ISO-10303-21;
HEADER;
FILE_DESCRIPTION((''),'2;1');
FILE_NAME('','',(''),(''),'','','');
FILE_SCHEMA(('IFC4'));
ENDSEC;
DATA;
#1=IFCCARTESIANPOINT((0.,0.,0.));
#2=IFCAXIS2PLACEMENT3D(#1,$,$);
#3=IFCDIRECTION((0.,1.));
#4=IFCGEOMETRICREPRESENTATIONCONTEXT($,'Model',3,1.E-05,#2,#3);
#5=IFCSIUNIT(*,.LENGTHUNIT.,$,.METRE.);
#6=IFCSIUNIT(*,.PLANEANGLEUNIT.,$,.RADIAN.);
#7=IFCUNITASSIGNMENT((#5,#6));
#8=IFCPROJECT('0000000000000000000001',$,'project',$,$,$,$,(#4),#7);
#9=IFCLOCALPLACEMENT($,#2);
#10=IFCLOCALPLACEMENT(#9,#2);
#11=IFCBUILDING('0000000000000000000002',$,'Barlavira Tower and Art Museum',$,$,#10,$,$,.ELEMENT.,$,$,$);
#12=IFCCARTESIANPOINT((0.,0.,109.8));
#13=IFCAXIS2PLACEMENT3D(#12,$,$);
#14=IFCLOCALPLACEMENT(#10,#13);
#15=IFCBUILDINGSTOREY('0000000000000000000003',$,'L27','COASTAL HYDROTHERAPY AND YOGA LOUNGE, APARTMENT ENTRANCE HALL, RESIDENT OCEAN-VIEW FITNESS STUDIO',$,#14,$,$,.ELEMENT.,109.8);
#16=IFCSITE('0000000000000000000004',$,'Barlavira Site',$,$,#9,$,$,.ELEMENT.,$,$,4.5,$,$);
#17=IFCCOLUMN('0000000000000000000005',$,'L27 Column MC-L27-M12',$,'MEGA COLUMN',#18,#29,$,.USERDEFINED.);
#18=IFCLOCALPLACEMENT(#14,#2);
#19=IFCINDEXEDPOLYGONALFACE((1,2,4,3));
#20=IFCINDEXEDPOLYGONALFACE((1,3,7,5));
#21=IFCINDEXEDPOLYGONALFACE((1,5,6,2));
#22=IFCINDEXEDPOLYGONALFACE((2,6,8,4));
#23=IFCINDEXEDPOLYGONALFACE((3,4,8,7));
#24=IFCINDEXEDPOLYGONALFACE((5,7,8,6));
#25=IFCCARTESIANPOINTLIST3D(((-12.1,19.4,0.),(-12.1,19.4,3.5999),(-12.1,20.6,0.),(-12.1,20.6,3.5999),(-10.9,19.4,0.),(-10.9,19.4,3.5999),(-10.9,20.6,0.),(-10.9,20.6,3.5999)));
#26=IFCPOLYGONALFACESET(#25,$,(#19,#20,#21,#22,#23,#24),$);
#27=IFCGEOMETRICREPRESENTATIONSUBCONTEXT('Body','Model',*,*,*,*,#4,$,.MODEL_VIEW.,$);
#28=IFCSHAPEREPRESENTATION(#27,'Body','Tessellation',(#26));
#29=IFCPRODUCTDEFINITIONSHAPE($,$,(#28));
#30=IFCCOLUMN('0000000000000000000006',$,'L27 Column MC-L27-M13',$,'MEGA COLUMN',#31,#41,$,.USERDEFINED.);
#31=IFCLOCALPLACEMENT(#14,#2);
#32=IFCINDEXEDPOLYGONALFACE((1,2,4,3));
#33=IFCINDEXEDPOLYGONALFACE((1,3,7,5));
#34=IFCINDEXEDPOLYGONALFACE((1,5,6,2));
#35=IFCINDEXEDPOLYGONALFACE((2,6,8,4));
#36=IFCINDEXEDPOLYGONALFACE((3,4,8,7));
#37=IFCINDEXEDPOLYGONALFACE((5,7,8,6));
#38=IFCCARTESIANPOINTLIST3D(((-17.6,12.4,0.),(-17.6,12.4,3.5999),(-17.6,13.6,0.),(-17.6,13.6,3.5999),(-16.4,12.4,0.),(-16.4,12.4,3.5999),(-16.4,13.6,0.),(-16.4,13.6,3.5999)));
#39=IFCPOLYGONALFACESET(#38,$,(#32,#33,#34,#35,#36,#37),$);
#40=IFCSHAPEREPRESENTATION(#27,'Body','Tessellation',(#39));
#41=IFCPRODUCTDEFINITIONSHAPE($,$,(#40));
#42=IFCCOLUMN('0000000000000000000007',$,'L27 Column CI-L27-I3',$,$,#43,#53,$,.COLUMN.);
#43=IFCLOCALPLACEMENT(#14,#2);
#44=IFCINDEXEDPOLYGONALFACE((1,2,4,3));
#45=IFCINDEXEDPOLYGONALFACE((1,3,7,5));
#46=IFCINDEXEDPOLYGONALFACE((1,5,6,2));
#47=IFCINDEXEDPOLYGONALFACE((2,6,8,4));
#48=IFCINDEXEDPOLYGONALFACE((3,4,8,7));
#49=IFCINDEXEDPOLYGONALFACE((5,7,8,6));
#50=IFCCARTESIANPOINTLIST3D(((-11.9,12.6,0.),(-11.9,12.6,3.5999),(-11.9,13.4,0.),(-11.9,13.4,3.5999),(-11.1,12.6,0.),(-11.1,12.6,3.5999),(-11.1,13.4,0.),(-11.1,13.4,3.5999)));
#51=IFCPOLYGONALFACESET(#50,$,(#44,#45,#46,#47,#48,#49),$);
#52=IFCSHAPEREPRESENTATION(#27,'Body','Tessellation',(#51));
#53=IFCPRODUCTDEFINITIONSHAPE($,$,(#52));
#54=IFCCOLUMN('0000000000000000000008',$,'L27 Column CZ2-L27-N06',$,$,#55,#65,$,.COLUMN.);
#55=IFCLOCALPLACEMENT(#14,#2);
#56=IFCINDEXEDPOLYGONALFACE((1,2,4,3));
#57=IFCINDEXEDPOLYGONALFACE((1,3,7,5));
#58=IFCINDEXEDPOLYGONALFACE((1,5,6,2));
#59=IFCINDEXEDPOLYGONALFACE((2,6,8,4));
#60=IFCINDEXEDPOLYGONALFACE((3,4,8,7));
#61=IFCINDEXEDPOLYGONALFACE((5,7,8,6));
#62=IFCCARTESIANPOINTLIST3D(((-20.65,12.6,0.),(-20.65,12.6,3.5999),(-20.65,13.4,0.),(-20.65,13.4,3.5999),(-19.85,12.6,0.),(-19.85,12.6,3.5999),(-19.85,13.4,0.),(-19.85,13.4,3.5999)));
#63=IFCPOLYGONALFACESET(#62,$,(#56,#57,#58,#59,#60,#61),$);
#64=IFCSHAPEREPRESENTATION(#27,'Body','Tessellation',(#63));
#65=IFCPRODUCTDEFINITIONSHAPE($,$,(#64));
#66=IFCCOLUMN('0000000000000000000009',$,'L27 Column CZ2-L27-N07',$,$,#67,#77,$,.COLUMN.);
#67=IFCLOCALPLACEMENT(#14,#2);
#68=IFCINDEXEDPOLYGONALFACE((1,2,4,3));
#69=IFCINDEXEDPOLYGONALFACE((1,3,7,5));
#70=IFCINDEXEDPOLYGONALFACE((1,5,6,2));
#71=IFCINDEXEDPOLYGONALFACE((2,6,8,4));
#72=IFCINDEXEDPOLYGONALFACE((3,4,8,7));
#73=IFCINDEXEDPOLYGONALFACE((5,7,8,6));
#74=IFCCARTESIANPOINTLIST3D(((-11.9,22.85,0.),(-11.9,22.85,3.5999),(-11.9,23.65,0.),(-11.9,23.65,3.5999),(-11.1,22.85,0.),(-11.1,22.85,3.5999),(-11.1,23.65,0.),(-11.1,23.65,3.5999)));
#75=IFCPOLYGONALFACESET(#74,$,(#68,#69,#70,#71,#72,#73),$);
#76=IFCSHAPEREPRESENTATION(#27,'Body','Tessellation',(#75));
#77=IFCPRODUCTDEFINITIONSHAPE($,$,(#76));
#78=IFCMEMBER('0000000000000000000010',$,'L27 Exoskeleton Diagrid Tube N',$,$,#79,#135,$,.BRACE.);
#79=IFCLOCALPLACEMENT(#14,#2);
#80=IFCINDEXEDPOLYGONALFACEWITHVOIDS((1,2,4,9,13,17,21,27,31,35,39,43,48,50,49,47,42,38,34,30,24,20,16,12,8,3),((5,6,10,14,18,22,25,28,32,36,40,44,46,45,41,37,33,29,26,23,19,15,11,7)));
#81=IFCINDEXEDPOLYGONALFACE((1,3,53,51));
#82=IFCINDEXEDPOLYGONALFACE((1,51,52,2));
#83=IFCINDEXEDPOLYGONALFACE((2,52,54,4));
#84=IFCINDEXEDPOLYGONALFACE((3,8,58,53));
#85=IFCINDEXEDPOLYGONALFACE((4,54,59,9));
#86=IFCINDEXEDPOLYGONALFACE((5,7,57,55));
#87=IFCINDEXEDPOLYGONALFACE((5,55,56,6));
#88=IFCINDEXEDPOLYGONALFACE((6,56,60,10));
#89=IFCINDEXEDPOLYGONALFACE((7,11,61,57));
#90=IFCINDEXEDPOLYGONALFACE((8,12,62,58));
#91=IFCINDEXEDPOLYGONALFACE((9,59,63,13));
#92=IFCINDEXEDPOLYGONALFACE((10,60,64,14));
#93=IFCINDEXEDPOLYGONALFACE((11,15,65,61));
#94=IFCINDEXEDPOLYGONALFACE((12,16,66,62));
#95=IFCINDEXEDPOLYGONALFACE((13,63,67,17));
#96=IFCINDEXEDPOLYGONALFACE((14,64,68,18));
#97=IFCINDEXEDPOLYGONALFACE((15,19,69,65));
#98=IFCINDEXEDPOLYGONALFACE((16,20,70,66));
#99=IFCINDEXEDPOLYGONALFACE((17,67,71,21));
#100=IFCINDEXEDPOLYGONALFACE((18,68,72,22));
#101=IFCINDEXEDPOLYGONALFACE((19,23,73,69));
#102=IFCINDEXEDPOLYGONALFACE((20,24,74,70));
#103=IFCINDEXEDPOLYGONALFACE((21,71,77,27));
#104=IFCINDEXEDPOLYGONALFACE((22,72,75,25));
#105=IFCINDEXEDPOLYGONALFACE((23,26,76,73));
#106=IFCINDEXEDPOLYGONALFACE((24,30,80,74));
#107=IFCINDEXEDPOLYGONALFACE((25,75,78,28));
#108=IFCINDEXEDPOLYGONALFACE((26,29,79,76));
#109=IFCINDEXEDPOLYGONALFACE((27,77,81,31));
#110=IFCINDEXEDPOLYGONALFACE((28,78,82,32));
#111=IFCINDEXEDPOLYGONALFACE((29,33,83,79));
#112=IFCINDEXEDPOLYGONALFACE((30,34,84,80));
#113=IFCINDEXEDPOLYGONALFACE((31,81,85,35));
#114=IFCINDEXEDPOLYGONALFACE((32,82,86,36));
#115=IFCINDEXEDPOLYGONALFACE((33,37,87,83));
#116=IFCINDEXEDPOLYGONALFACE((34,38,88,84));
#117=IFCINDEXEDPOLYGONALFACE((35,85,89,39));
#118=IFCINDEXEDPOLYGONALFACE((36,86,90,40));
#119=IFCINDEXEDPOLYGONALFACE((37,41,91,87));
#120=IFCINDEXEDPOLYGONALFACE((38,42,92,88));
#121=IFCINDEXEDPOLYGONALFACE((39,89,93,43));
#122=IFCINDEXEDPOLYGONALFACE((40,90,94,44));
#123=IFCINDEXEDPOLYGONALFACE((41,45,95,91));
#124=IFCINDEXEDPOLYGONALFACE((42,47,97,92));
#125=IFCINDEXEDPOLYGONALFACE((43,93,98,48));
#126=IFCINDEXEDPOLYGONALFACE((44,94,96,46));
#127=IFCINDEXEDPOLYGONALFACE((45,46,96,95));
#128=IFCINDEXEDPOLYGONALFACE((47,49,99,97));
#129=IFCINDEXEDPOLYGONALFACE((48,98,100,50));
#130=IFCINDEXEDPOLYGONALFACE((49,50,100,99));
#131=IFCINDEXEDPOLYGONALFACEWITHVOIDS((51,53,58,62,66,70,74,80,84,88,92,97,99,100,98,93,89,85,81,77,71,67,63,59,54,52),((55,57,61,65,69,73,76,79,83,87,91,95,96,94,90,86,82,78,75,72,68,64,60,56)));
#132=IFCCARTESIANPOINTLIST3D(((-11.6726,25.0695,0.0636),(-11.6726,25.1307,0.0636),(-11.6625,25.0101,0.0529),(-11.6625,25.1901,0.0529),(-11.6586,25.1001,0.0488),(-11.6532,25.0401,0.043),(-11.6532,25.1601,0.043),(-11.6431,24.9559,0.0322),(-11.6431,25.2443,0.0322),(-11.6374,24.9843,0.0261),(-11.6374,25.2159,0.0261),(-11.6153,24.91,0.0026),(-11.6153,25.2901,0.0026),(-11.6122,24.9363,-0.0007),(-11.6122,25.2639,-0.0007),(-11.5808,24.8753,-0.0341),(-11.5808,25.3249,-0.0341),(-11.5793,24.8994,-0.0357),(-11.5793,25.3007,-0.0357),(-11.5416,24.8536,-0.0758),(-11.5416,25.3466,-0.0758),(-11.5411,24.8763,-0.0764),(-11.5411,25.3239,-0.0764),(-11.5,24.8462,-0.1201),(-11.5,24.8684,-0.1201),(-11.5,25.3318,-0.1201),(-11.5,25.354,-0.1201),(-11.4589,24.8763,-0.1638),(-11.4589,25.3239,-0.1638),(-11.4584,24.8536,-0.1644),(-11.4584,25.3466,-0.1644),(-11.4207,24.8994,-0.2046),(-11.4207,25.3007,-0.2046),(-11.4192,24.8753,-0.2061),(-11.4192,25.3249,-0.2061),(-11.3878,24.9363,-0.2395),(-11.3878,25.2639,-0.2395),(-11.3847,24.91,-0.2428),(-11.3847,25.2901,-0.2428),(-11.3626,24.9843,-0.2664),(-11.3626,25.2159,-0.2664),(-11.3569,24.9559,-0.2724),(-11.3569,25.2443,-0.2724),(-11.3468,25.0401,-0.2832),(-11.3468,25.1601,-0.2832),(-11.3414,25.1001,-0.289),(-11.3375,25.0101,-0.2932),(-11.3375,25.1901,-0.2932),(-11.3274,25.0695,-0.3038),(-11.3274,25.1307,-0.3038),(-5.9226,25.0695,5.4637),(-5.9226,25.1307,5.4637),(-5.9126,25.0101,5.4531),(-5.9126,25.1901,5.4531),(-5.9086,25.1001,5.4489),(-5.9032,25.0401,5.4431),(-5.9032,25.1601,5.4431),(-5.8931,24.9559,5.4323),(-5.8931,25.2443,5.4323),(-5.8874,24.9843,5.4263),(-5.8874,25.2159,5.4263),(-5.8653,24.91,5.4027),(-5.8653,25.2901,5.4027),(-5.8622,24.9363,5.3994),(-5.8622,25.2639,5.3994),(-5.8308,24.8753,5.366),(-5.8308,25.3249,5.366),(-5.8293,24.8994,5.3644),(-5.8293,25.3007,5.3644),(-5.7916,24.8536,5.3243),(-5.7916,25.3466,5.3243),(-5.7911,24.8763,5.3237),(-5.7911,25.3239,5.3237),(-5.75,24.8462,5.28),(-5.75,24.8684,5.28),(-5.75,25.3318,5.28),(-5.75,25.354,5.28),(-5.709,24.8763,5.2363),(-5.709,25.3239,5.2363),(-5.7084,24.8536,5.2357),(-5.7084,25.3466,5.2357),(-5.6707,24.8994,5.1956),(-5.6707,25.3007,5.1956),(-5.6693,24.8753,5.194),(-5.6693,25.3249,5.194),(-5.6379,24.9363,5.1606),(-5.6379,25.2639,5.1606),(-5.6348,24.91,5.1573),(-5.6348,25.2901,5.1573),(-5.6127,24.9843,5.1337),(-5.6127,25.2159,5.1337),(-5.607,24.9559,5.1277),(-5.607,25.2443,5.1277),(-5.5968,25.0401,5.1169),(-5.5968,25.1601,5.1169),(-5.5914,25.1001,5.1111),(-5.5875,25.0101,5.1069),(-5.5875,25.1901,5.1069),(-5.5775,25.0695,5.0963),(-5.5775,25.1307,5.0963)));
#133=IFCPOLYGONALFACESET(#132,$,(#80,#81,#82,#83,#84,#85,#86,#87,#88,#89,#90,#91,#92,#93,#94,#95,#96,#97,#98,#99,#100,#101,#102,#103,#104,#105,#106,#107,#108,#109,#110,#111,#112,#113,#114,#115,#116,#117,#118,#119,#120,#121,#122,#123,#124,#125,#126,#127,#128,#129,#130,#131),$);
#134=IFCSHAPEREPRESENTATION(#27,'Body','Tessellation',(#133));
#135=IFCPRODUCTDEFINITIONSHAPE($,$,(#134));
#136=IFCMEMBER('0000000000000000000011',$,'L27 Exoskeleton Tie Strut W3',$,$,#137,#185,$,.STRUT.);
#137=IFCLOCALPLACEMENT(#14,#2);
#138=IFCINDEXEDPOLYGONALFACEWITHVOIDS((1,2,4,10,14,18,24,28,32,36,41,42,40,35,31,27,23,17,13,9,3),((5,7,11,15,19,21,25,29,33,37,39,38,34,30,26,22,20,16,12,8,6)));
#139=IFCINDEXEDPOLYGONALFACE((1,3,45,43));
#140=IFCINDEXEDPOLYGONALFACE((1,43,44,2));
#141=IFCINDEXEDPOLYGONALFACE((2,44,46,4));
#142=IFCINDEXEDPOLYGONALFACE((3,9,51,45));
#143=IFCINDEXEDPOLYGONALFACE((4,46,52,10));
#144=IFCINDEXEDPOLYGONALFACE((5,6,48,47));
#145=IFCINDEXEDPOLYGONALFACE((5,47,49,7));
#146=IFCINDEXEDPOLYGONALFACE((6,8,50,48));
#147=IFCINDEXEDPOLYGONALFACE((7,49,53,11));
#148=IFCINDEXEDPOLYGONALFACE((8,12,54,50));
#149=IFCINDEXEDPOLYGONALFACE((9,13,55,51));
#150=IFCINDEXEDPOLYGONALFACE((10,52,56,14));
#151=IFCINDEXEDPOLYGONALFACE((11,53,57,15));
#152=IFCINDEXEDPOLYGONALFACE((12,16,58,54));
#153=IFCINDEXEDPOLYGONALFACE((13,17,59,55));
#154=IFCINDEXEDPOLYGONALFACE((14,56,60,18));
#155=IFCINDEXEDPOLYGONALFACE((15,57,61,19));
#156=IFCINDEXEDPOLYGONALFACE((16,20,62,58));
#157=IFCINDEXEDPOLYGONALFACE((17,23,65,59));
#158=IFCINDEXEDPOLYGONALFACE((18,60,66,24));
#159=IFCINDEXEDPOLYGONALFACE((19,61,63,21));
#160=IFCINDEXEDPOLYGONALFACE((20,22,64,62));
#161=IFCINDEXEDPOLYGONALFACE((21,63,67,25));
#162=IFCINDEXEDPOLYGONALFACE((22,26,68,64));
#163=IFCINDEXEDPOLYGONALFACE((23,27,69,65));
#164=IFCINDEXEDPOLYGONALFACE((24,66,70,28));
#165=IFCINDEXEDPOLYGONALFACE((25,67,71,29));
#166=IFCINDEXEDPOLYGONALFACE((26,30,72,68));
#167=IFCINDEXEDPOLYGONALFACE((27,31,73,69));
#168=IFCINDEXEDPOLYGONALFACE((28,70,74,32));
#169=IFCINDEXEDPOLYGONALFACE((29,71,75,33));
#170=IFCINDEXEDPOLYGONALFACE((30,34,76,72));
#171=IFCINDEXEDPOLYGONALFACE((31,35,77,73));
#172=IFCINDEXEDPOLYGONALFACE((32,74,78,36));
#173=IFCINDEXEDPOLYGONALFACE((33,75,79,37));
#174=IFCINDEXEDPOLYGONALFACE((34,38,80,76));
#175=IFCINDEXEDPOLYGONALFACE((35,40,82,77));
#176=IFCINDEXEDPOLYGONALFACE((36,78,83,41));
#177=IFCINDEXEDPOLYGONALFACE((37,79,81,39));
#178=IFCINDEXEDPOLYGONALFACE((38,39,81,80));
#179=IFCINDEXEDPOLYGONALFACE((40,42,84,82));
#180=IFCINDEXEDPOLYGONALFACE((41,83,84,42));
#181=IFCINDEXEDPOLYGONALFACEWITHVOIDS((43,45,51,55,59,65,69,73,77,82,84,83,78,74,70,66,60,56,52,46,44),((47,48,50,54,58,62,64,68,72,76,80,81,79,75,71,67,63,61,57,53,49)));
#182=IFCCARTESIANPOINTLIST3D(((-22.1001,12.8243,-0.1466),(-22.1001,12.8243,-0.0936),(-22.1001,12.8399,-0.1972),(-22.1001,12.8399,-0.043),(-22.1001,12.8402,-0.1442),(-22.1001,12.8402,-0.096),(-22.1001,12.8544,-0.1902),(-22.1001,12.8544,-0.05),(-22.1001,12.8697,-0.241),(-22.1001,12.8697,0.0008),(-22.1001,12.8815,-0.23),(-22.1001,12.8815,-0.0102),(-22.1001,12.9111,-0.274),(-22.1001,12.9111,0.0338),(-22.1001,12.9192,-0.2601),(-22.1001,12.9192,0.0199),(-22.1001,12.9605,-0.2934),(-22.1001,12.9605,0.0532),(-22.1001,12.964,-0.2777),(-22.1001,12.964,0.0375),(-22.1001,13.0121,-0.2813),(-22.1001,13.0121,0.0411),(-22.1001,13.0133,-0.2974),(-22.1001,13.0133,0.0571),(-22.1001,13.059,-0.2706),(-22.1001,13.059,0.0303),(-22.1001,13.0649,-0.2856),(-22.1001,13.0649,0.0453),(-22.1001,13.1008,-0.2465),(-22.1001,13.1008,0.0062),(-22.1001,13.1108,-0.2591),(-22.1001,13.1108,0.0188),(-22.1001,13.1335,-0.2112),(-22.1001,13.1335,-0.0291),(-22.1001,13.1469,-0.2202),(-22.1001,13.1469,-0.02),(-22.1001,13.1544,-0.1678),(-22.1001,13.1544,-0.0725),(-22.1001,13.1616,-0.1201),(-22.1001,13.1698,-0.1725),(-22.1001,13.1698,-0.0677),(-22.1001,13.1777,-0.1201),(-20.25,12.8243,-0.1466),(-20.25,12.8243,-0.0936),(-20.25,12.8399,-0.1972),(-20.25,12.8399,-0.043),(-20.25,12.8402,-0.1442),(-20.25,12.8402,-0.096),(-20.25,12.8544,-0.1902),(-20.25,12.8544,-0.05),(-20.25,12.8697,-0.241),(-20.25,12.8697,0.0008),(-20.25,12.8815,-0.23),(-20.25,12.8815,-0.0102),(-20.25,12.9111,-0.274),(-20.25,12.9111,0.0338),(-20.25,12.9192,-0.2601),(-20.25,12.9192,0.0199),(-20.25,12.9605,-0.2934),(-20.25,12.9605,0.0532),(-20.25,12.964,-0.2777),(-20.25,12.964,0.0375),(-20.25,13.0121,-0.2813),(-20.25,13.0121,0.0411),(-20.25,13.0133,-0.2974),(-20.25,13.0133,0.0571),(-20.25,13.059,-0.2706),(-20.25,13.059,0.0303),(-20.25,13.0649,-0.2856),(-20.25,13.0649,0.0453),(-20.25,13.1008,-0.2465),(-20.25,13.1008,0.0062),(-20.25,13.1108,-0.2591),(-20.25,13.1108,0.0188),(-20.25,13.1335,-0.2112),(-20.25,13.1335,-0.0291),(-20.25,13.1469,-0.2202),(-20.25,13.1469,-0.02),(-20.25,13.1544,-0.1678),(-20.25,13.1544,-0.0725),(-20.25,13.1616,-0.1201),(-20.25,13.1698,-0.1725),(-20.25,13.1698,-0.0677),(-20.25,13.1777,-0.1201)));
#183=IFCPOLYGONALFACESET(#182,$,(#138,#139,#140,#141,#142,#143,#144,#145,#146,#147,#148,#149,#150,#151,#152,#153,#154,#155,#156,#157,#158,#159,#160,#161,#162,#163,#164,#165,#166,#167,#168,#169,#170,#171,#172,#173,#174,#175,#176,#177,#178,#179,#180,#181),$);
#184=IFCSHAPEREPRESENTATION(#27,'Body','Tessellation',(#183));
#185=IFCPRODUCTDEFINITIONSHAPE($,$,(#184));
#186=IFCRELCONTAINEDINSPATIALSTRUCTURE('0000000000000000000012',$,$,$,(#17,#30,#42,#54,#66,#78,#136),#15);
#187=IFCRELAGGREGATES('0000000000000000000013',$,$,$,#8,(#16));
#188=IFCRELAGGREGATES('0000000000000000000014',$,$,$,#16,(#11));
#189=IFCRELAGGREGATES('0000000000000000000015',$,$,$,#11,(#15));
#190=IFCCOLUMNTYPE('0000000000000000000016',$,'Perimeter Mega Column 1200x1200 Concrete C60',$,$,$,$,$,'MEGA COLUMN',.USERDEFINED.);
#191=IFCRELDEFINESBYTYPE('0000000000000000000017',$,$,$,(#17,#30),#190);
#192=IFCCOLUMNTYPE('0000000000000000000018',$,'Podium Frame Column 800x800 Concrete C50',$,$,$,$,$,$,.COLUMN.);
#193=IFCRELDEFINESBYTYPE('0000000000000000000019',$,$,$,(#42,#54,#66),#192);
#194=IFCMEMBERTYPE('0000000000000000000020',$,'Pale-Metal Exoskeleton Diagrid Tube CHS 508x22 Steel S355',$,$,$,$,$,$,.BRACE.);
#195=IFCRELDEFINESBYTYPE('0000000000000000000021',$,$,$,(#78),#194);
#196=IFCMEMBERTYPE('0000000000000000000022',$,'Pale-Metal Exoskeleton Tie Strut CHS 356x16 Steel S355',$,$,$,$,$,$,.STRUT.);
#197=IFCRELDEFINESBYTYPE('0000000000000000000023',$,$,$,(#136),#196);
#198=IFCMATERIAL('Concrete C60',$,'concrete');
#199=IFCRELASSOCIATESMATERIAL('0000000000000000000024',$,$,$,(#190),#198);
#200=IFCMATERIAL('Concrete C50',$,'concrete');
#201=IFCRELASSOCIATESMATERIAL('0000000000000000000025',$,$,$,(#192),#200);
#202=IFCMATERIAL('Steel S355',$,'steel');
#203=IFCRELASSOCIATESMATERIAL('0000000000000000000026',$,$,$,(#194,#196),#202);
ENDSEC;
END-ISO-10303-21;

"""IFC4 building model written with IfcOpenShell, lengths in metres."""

from ifc_helpers import new_model, si_unit, direction, frame, origin, origin_2d, place, context, subcontext, project, spatial, rectangle, hollow_circle, extrude, material, material_profile, profile_set, type_object, element, save


model = new_model("IFC4")

# Units and contexts
model_context = context("Model", 3, precision=1e-05, world=origin(), true_north=direction((0.0, 1.0)))
body_context = subcontext(model_context, "Body", "Model", "MODEL_VIEW")
ifc_project = project(units=[si_unit("LENGTHUNIT", "METRE"), si_unit("PLANEANGLEUNIT", "RADIAN")], contexts=[model_context])

# Site, building, storey
site_placement = place(None, origin())
site = spatial("IfcSite", under=ifc_project, at=site_placement, Name="Barlavira Site", CompositionType="ELEMENT", RefElevation=4.5)
building_placement = place(site_placement, origin())
building = spatial("IfcBuilding", under=site, at=building_placement, Name="Barlavira Tower and Art Museum", CompositionType="ELEMENT")
storey_placement = place(building_placement, frame((0.0, 0.0, 109.8)))
storey = spatial("IfcBuildingStorey", under=building, at=storey_placement, Name="L27", Description="COASTAL HYDROTHERAPY AND YOGA LOUNGE, APARTMENT ENTRANCE HALL, RESIDENT OCEAN-VIEW FITNESS STUDIO", CompositionType="ELEMENT", Elevation=109.8)

# Columns
ifc_material_1 = material(Name="Concrete C60", Category="concrete")
ifc_material_profile_1 = material_profile(ifc_material_1, rectangle(XDim=1.2, YDim=1.2, at=origin_2d()), Name="RC-COL 1200x1200")
ifc_profile_set_1 = profile_set([ifc_material_profile_1], Name="Concrete C60")
column_type_1 = type_object("IfcColumnType", Name="Perimeter Mega Column 1200x1200 Concrete C60", ElementType="MEGA COLUMN", PredefinedType="USERDEFINED", material=ifc_profile_set_1)
for number, where, z_axis, x_axis, name in (
    (1, (-11.5, 20.0, 0.0), (0.0, 0.0, 1.0), (1.0, 0.0, 0.0), "L27 Column MC-L27-M12"),
    (2, (-17.0, 13.0, 0.0), (0.0, 0.0, 1.0), (1.0, 0.0, 0.0), "L27 Column MC-L27-M13"),
):
    element("IfcColumn", number, at=place(storey_placement, frame(where, z_axis=z_axis, x_axis=x_axis)), inside=storey, type_object=column_type_1, Name=name, ObjectType="MEGA COLUMN", PredefinedType="USERDEFINED", context=body_context, shape_type="SweptSolid", body=[
        extrude(rectangle(XDim=1.2, YDim=1.2, at=origin_2d()), origin(), (0.0, 0.0, 1.0), 3.5999),
    ])
ifc_material_2 = material(Name="Concrete C50", Category="concrete")
ifc_material_profile_2 = material_profile(ifc_material_2, rectangle(XDim=0.8, YDim=0.8, at=origin_2d()), Name="RC-COL 800x800")
ifc_profile_set_2 = profile_set([ifc_material_profile_2], Name="Concrete C50")
column_type_2 = type_object("IfcColumnType", Name="Podium Frame Column 800x800 Concrete C50", PredefinedType="COLUMN", material=ifc_profile_set_2)
for number, where, z_axis, x_axis, name in (
    (3, (-11.5, 13.0, 0.0), (0.0, 0.0, 1.0), (1.0, 0.0, 0.0), "L27 Column CI-L27-I3"),
    (4, (-20.25, 13.0, 0.0), (0.0, 0.0, 1.0), (1.0, 0.0, 0.0), "L27 Column CZ2-L27-N06"),
    (5, (-11.5, 23.25, 0.0), (0.0, 0.0, 1.0), (1.0, 0.0, 0.0), "L27 Column CZ2-L27-N07"),
):
    element("IfcColumn", number, at=place(storey_placement, frame(where, z_axis=z_axis, x_axis=x_axis)), inside=storey, type_object=column_type_2, Name=name, PredefinedType="COLUMN", context=body_context, shape_type="SweptSolid", body=[
        extrude(rectangle(XDim=0.8, YDim=0.8, at=origin_2d()), origin(), (0.0, 0.0, 1.0), 3.5999),
    ])

# Members
ifc_material_3 = material(Name="Steel S355", Category="steel")
ifc_material_profile_3 = material_profile(ifc_material_3, hollow_circle(Radius=0.2539, WallThickness=0.0222, at=origin_2d()), Name="CHS 508.0x22.2")
ifc_profile_set_3 = profile_set([ifc_material_profile_3], Name="Steel S355")
member_type_1 = type_object("IfcMemberType", Name="Pale-Metal Exoskeleton Diagrid Tube CHS 508x22 Steel S355", PredefinedType="BRACE", material=ifc_profile_set_3)
member_1_placement = place(storey_placement, frame((-11.5, 25.1001, -0.1201), z_axis=(0.728935, 0.0, 0.684583), x_axis=(0.0, 1.0, 0.0)))
element("IfcMember", 6, at=member_1_placement, inside=storey, type_object=member_type_1, Name="L27 Exoskeleton Diagrid Tube N", PredefinedType="BRACE", context=body_context, shape_type="SweptSolid", body=[
    extrude(hollow_circle(Radius=0.2539, WallThickness=0.0222, at=origin_2d()), origin(), (0.0, 0.0, 1.0), 7.8882),
])
ifc_material_profile_4 = material_profile(ifc_material_3, hollow_circle(Radius=0.1777, WallThickness=0.0161, at=origin_2d()), Name="CHS 355.6x16.0")
ifc_profile_set_4 = profile_set([ifc_material_profile_4], Name="Steel S355")
member_type_2 = type_object("IfcMemberType", Name="Pale-Metal Exoskeleton Tie Strut CHS 356x16 Steel S355", PredefinedType="STRUT", material=ifc_profile_set_4)
member_2_placement = place(storey_placement, frame((-22.1001, 13.0, -0.1201), z_axis=(1.0, 0.0, 0.0), x_axis=(0.0, 1.0, 0.0)))
element("IfcMember", 7, at=member_2_placement, inside=storey, type_object=member_type_2, Name="L27 Exoskeleton Tie Strut W3", PredefinedType="STRUT", context=body_context, shape_type="SweptSolid", body=[
    extrude(hollow_circle(Radius=0.1777, WallThickness=0.0161, at=origin_2d()), origin(), (0.0, 0.0, 1.0), 1.8501),
])

save(model, "model.ifc")
